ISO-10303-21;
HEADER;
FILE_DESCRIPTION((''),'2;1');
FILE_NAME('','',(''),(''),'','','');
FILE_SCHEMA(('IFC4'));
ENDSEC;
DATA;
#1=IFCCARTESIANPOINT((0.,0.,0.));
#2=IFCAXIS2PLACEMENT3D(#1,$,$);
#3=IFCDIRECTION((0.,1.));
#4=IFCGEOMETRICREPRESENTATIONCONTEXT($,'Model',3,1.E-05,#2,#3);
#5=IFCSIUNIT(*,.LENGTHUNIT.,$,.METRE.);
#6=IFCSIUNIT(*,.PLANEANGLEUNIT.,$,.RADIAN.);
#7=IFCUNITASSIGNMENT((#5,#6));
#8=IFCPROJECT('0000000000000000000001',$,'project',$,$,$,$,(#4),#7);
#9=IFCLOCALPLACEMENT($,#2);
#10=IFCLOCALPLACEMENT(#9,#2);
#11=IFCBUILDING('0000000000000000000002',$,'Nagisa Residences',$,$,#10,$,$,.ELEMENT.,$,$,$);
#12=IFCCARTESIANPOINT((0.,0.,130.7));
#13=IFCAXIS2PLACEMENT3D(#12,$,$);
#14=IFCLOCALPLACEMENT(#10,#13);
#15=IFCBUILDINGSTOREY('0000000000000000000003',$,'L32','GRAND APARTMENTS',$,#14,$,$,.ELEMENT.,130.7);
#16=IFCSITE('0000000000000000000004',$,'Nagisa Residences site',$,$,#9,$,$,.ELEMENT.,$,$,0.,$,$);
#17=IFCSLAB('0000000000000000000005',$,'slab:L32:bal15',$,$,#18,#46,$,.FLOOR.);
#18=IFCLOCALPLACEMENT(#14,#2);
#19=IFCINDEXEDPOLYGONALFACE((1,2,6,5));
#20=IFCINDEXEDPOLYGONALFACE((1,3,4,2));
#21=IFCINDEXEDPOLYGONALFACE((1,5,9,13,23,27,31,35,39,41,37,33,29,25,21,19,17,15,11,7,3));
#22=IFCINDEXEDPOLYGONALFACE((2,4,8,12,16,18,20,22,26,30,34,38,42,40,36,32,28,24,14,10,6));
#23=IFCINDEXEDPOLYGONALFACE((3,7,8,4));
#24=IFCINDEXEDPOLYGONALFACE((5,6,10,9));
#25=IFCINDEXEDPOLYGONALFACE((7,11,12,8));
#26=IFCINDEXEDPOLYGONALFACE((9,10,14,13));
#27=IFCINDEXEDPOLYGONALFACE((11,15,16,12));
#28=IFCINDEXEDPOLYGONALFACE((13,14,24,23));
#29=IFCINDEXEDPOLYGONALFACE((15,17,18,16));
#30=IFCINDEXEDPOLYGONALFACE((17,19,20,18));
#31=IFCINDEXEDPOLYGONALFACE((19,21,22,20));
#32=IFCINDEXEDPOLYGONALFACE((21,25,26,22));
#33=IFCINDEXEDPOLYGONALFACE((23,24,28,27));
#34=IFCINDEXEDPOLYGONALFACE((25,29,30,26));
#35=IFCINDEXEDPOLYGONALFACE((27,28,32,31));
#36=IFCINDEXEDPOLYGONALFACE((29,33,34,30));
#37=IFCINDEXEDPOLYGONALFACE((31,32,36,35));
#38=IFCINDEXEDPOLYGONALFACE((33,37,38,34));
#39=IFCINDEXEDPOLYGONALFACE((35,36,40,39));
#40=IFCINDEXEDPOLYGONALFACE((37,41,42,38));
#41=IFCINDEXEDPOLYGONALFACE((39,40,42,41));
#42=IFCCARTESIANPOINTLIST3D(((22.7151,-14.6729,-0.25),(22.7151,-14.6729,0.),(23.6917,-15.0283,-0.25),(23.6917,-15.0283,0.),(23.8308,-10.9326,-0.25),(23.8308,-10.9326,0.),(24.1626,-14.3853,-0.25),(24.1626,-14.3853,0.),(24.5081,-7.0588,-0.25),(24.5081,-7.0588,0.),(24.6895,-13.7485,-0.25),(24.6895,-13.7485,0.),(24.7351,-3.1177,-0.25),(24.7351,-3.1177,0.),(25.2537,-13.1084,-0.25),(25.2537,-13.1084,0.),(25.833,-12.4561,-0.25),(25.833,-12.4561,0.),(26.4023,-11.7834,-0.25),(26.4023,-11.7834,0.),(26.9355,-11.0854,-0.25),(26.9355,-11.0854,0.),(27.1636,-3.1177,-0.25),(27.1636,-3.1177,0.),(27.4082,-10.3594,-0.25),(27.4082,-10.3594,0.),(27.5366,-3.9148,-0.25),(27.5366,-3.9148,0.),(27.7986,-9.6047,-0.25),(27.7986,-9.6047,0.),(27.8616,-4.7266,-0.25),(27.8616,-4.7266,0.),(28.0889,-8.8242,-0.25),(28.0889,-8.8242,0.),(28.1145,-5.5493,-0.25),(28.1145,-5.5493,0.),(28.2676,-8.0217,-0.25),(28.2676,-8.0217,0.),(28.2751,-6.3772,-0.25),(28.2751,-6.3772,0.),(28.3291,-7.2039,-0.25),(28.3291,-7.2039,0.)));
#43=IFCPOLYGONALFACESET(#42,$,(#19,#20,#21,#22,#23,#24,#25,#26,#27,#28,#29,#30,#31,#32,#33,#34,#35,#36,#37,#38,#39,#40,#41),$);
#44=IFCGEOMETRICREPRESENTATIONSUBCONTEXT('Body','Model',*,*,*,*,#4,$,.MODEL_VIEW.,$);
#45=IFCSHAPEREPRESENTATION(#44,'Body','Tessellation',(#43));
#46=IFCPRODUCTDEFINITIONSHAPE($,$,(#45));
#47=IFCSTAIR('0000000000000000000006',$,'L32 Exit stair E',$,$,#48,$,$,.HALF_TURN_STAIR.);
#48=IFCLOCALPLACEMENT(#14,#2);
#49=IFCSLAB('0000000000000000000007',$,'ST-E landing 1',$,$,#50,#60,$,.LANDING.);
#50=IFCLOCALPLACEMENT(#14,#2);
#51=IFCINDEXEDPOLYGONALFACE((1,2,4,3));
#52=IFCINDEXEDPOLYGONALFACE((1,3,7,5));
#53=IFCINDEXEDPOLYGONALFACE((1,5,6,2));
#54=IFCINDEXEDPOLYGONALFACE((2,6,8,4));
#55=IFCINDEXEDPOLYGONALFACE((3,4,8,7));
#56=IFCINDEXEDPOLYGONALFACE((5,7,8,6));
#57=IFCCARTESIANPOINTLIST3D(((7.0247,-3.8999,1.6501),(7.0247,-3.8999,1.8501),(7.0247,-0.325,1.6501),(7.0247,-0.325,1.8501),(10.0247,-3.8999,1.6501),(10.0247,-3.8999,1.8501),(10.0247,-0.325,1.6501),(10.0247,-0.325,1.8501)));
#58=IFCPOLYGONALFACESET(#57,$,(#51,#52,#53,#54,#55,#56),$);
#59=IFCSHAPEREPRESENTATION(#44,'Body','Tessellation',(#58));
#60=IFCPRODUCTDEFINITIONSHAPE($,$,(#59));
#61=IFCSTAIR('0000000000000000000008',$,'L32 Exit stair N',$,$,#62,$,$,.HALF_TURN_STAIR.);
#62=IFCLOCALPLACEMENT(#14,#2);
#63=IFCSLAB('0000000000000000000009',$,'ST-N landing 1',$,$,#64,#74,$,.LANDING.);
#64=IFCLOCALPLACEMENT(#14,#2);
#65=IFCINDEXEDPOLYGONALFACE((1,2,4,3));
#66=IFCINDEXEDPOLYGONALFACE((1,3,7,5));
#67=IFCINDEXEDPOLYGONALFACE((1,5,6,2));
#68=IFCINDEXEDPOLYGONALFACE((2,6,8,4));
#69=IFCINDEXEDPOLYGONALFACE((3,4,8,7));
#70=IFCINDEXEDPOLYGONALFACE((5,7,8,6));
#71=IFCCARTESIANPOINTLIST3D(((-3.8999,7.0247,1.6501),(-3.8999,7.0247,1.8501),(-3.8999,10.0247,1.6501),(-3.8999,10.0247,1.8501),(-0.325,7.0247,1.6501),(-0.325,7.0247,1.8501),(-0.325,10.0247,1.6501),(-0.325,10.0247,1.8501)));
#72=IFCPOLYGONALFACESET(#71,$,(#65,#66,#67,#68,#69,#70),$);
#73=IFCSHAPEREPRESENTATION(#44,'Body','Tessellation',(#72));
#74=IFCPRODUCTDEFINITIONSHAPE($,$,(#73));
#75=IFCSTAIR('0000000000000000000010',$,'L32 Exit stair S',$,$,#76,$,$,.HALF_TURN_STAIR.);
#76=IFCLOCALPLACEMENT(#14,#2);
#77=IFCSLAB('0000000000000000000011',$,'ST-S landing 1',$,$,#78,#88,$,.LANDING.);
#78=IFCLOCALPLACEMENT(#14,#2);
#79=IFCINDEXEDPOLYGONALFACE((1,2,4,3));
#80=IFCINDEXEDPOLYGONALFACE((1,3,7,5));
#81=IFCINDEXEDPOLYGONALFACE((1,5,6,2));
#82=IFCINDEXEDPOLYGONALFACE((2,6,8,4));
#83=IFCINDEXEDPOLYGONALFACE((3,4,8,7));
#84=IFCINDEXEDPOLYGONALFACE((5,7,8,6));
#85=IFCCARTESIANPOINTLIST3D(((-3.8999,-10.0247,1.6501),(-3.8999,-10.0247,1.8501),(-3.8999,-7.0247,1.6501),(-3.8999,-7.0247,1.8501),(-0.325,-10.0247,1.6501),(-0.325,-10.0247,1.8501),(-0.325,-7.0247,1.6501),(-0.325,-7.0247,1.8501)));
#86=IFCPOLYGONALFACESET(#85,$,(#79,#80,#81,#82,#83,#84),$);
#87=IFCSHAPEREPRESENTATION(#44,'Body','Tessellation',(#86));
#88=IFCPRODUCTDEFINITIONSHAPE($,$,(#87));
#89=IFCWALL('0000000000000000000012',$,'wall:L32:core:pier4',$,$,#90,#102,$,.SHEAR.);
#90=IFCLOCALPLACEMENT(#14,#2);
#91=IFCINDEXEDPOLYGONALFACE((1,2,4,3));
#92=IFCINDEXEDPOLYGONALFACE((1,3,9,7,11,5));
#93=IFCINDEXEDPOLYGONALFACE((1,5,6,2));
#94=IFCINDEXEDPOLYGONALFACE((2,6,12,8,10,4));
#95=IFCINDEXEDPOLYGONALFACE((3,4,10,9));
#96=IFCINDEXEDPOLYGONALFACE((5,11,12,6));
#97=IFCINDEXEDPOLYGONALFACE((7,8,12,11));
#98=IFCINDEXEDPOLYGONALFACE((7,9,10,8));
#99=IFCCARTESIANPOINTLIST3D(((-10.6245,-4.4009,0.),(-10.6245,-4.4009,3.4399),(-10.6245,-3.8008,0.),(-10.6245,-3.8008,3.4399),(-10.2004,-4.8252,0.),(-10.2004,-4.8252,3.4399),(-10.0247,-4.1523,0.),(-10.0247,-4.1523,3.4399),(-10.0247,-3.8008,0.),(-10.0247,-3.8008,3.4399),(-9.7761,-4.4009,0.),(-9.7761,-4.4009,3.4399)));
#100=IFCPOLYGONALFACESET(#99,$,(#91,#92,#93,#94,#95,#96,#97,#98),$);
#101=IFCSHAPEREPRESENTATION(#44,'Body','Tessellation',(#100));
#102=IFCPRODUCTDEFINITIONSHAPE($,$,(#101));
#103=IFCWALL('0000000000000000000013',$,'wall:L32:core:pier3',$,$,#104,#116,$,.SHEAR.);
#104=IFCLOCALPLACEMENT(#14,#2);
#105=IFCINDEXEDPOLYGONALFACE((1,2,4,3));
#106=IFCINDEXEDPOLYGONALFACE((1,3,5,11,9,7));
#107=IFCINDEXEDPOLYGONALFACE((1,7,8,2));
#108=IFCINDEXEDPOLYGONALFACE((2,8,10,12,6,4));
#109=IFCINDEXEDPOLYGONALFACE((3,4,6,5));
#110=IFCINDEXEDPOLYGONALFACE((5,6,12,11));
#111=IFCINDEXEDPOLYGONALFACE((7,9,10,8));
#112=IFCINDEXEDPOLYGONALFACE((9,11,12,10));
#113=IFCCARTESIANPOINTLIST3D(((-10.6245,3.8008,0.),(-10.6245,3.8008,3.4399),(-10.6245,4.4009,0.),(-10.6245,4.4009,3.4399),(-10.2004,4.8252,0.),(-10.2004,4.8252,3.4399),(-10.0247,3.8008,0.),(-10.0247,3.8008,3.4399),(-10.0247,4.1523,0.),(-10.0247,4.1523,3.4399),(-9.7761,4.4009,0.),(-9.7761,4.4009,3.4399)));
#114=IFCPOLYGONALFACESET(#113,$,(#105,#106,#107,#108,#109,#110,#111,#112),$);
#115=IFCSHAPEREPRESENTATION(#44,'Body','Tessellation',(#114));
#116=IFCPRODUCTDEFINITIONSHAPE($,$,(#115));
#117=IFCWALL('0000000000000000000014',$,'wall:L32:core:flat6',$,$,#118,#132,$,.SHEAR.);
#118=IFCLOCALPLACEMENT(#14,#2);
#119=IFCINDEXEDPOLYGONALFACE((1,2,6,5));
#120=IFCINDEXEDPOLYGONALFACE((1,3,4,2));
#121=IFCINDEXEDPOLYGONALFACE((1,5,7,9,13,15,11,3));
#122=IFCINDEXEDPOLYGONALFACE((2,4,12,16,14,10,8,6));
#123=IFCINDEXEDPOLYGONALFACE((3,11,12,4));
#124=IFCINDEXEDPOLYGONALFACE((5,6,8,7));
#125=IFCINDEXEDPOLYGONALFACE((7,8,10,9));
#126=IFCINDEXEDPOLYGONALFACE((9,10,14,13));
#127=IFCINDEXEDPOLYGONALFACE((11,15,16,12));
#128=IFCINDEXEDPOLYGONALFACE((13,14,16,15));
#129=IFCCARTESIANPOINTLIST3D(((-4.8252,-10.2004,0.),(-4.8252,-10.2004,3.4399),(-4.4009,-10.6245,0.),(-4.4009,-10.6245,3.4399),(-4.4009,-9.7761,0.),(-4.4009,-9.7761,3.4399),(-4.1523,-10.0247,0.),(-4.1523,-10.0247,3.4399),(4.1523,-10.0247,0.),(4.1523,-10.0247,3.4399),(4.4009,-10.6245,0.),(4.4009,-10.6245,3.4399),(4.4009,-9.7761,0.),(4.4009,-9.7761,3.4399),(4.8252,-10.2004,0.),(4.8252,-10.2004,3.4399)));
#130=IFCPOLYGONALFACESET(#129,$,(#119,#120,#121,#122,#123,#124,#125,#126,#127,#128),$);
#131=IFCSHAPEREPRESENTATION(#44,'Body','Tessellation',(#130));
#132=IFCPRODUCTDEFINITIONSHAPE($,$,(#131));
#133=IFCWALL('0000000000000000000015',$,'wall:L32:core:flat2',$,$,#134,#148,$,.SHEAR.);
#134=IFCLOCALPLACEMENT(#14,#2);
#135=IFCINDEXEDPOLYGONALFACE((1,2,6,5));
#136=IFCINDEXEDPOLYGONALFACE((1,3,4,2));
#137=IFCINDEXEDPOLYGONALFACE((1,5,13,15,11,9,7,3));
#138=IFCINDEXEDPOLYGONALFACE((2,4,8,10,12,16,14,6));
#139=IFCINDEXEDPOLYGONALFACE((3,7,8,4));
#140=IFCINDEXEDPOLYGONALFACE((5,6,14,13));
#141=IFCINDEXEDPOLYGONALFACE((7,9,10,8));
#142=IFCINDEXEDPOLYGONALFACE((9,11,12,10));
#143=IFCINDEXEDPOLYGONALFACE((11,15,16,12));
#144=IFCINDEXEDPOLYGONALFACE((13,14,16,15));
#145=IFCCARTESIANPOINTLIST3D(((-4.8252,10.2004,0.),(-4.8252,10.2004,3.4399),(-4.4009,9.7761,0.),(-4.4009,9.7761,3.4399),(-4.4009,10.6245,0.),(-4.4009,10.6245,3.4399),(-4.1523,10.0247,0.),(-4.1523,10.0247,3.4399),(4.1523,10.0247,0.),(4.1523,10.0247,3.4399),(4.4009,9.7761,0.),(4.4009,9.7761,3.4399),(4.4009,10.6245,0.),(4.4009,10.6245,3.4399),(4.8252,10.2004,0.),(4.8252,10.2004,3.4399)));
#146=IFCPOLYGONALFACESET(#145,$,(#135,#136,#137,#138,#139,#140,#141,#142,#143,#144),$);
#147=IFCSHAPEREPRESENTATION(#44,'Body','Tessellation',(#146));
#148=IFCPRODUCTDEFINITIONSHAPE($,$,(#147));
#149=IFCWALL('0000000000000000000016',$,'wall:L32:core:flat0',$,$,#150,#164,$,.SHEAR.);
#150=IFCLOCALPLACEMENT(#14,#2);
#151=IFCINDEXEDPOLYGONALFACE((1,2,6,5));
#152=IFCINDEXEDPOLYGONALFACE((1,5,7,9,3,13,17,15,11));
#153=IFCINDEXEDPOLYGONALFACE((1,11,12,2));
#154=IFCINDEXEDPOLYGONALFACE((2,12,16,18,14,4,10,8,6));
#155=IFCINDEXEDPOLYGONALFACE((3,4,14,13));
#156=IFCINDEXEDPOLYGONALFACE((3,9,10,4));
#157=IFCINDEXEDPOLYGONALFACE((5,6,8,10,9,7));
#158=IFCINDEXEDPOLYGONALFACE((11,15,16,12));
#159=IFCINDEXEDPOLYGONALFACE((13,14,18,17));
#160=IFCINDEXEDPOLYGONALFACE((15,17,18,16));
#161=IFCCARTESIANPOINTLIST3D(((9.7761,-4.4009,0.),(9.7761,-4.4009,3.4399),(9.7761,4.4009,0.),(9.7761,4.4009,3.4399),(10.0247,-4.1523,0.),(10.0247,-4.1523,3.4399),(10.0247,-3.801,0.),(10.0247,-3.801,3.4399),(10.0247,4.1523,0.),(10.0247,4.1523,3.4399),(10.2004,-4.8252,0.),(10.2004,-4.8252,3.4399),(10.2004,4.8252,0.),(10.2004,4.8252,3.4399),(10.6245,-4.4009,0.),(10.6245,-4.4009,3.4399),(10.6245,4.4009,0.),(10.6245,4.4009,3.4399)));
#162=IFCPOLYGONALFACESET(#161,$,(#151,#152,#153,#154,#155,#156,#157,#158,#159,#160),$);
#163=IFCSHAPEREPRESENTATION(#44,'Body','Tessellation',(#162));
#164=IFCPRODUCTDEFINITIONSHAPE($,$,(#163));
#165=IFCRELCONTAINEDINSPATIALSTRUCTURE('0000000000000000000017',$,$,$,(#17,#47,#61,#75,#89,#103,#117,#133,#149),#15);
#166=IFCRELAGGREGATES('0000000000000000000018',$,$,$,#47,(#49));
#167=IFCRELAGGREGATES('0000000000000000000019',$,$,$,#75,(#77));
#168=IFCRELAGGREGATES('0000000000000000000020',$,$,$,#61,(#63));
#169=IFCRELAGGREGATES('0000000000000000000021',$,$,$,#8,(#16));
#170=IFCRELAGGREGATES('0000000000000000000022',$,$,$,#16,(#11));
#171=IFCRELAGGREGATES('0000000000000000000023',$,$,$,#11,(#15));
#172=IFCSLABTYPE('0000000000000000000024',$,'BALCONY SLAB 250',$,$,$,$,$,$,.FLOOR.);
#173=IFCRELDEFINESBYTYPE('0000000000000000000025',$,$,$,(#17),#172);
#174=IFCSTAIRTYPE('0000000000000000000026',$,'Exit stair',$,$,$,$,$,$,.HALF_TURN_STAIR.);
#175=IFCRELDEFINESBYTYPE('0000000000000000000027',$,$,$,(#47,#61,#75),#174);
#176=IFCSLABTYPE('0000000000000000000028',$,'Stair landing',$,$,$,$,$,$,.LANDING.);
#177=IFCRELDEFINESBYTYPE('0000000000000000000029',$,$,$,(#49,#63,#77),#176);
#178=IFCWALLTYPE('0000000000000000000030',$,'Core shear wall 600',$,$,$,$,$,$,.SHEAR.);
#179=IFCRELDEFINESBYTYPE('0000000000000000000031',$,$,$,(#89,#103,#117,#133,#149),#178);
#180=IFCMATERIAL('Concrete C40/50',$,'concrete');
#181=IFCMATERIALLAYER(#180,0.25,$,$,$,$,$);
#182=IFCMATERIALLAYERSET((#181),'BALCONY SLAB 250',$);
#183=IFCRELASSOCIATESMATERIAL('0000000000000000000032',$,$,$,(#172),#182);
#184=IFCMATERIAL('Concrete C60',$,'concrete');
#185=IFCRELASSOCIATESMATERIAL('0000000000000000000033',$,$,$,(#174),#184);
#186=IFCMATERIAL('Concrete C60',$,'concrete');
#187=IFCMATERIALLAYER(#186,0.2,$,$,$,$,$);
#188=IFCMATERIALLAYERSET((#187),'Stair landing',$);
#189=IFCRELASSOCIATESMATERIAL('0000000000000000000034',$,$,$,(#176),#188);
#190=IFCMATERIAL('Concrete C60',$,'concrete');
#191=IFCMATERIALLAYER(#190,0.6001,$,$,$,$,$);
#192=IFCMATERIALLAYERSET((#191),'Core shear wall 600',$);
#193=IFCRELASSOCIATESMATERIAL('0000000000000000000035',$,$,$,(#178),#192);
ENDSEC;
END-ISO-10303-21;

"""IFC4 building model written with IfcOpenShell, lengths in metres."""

from ifc_helpers import new_model, si_unit, direction, frame, origin, place, context, subcontext, project, spatial, polyline, outline, extrude, material, layer, layer_set, type_object, element, aggregate, save


model = new_model("IFC4")

# Units and contexts
model_context = context("Model", 3, precision=1e-05, world=origin(), true_north=direction((0.0, 1.0)))
body_context = subcontext(model_context, "Body", "Model", "MODEL_VIEW")
ifc_project = project(units=[si_unit("LENGTHUNIT", "METRE"), si_unit("PLANEANGLEUNIT", "RADIAN")], contexts=[model_context])

# Site, building, storey
site_placement = place(None, origin())
site = spatial("IfcSite", under=ifc_project, at=site_placement, Name="Nagisa Residences site", CompositionType="ELEMENT", RefElevation=0.0)
building_placement = place(site_placement, origin())
building = spatial("IfcBuilding", under=site, at=building_placement, Name="Nagisa Residences", CompositionType="ELEMENT")
storey_placement = place(building_placement, frame((0.0, 0.0, 130.7)))
storey = spatial("IfcBuildingStorey", under=building, at=storey_placement, Name="L32", Description="GRAND APARTMENTS", CompositionType="ELEMENT", Elevation=130.7)

# Slab
ifc_material_1 = material(Name="Concrete C40/50", Category="concrete")
ifc_layer_1 = layer(ifc_material_1, 0.25)
ifc_layer_set_1 = layer_set([ifc_layer_1], Name="BALCONY SLAB 250")
slab_type_1 = type_object("IfcSlabType", Name="BALCONY SLAB 250", PredefinedType="FLOOR", material=ifc_layer_set_1)
slab_1_placement = place(storey_placement, frame((0.0, 0.0, -0.25)))
element("IfcSlab", 1, at=slab_1_placement, inside=storey, type_object=slab_type_1, Name="slab:L32:bal15", PredefinedType="FLOOR", context=body_context, shape_type="SweptSolid", body=[
    extrude(outline(polyline([(23.6917, -15.0283), (24.1626, -14.3853), (24.6895, -13.7485), (25.2537, -13.1084), (25.833, -12.4561), (26.4023, -11.7834), (26.9355, -11.0854), (27.4082, -10.3594), (27.7986, -9.6047), (28.0889, -8.8242), (28.2676, -8.0217), (28.3291, -7.2039), (28.2751, -6.3772), (28.1145, -5.5493), (27.8616, -4.7266), (27.5366, -3.9148), (27.1636, -3.1177), (24.7351, -3.1177), (24.5081, -7.0588), (23.8308, -10.9326), (22.7151, -14.6729), (23.6917, -15.0283)])), origin(), (0.0, 0.0, 1.0), 0.25),
])

# Stairs, slabs
ifc_material_2 = material(Name="Concrete C60", Category="concrete")
stair_type = type_object("IfcStairType", Name="Exit stair", PredefinedType="HALF_TURN_STAIR", material=ifc_material_2)
stair_1_placement = place(storey_placement, origin())
stair_1 = element("IfcStair", 2, at=stair_1_placement, inside=storey, type_object=stair_type, Name="L32 Exit stair E", PredefinedType="HALF_TURN_STAIR")
ifc_material_3 = material(Name="Concrete C60", Category="concrete")
ifc_layer_2 = layer(ifc_material_3, 0.2)
ifc_layer_set_2 = layer_set([ifc_layer_2], Name="Stair landing")
slab_type_2 = type_object("IfcSlabType", Name="Stair landing", PredefinedType="LANDING", material=ifc_layer_set_2)
slab_2_placement = place(storey_placement, frame((0.0, 0.0, 1.6501)))
slab_2 = element("IfcSlab", 3, at=slab_2_placement, type_object=slab_type_2, Name="ST-E landing 1", PredefinedType="LANDING", context=body_context, shape_type="SweptSolid", body=[
    extrude(outline(polyline([(7.0247, -0.325), (7.0247, -3.8999), (10.0247, -3.8999), (10.0247, -0.325), (7.0247, -0.325)])), origin(), (0.0, 0.0, 1.0), 0.2),
])
aggregate(stair_1, [slab_2])
stair_2_placement = place(storey_placement, origin())
stair_2 = element("IfcStair", 4, at=stair_2_placement, inside=storey, type_object=stair_type, Name="L32 Exit stair N", PredefinedType="HALF_TURN_STAIR")
slab_3_placement = place(storey_placement, frame((0.0, 0.0, 1.6501)))
slab_3 = element("IfcSlab", 5, at=slab_3_placement, type_object=slab_type_2, Name="ST-N landing 1", PredefinedType="LANDING", context=body_context, shape_type="SweptSolid", body=[
    extrude(outline(polyline([(-0.325, 10.0247), (-3.8999, 10.0247), (-3.8999, 7.0247), (-0.325, 7.0247), (-0.325, 10.0247)])), origin(), (0.0, 0.0, 1.0), 0.2),
])
stair_3_placement = place(storey_placement, origin())
stair_3 = element("IfcStair", 6, at=stair_3_placement, inside=storey, type_object=stair_type, Name="L32 Exit stair S", PredefinedType="HALF_TURN_STAIR")
slab_4_placement = place(storey_placement, frame((0.0, 0.0, 1.6501)))
slab_4 = element("IfcSlab", 7, at=slab_4_placement, type_object=slab_type_2, Name="ST-S landing 1", PredefinedType="LANDING", context=body_context, shape_type="SweptSolid", body=[
    extrude(outline(polyline([(-0.325, -7.0247), (-3.8999, -7.0247), (-3.8999, -10.0247), (-0.325, -10.0247), (-0.325, -7.0247)])), origin(), (0.0, 0.0, 1.0), 0.2),
])
aggregate(stair_3, [slab_4])

# Walls
ifc_material_4 = material(Name="Concrete C60", Category="concrete")
ifc_layer_3 = layer(ifc_material_4, 0.6001)
ifc_layer_set_3 = layer_set([ifc_layer_3], Name="Core shear wall 600")
wall_type_1 = type_object("IfcWallType", Name="Core shear wall 600", PredefinedType="SHEAR", material=ifc_layer_set_3)
wall_1_placement = place(storey_placement, origin())
element("IfcWall", 8, at=wall_1_placement, inside=storey, type_object=wall_type_1, Name="wall:L32:core:pier4", PredefinedType="SHEAR", context=body_context, shape_type="SweptSolid", body=[
    extrude(outline(polyline([(-10.6245, -3.8008), (-10.0247, -3.8008), (-10.0247, -4.1523), (-9.7761, -4.4009), (-10.2004, -4.8252), (-10.6245, -4.4009), (-10.6245, -3.8008)])), origin(), (0.0, 0.0, 1.0), 3.4399),
])
wall_2_placement = place(storey_placement, origin())
element("IfcWall", 9, at=wall_2_placement, inside=storey, type_object=wall_type_1, Name="wall:L32:core:pier3", PredefinedType="SHEAR", context=body_context, shape_type="SweptSolid", body=[
    extrude(outline(polyline([(-10.2004, 4.8252), (-9.7761, 4.4009), (-10.0247, 4.1523), (-10.0247, 3.8008), (-10.6245, 3.8008), (-10.6245, 4.4009), (-10.2004, 4.8252)])), origin(), (0.0, 0.0, 1.0), 3.4399),
])
wall_3_placement = place(storey_placement, origin())
element("IfcWall", 10, at=wall_3_placement, inside=storey, type_object=wall_type_1, Name="wall:L32:core:flat6", PredefinedType="SHEAR", context=body_context, shape_type="SweptSolid", body=[
    extrude(outline(polyline([(-4.1523, -10.0247), (4.1523, -10.0247), (4.4009, -9.7761), (4.8252, -10.2004), (4.4009, -10.6245), (-4.4009, -10.6245), (-4.8252, -10.2004), (-4.4009, -9.7761), (-4.1523, -10.0247)])), origin(), (0.0, 0.0, 1.0), 3.4399),
])
wall_4_placement = place(storey_placement, origin())
element("IfcWall", 11, at=wall_4_placement, inside=storey, type_object=wall_type_1, Name="wall:L32:core:flat2", PredefinedType="SHEAR", context=body_context, shape_type="SweptSolid", body=[
    extrude(outline(polyline([(-4.1523, 10.0247), (-4.4009, 9.7761), (-4.8252, 10.2004), (-4.4009, 10.6245), (4.4009, 10.6245), (4.8252, 10.2004), (4.4009, 9.7761), (4.1523, 10.0247), (-4.1523, 10.0247)])), origin(), (0.0, 0.0, 1.0), 3.4399),
])
wall_5_placement = place(storey_placement, origin())
element("IfcWall", 12, at=wall_5_placement, inside=storey, type_object=wall_type_1, Name="wall:L32:core:flat0", PredefinedType="SHEAR", context=body_context, shape_type="SweptSolid", body=[
    extrude(outline(polyline([(9.7761, -4.4009), (10.0247, -4.1523), (10.0247, -3.801), (10.0247, 4.1523), (9.7761, 4.4009), (10.2004, 4.8252), (10.6245, 4.4009), (10.6245, -4.4009), (10.2004, -4.8252), (9.7761, -4.4009)])), origin(), (0.0, 0.0, 1.0), 3.4399),
])

aggregate(stair_2, [slab_3])

save(model, "model.ifc")
